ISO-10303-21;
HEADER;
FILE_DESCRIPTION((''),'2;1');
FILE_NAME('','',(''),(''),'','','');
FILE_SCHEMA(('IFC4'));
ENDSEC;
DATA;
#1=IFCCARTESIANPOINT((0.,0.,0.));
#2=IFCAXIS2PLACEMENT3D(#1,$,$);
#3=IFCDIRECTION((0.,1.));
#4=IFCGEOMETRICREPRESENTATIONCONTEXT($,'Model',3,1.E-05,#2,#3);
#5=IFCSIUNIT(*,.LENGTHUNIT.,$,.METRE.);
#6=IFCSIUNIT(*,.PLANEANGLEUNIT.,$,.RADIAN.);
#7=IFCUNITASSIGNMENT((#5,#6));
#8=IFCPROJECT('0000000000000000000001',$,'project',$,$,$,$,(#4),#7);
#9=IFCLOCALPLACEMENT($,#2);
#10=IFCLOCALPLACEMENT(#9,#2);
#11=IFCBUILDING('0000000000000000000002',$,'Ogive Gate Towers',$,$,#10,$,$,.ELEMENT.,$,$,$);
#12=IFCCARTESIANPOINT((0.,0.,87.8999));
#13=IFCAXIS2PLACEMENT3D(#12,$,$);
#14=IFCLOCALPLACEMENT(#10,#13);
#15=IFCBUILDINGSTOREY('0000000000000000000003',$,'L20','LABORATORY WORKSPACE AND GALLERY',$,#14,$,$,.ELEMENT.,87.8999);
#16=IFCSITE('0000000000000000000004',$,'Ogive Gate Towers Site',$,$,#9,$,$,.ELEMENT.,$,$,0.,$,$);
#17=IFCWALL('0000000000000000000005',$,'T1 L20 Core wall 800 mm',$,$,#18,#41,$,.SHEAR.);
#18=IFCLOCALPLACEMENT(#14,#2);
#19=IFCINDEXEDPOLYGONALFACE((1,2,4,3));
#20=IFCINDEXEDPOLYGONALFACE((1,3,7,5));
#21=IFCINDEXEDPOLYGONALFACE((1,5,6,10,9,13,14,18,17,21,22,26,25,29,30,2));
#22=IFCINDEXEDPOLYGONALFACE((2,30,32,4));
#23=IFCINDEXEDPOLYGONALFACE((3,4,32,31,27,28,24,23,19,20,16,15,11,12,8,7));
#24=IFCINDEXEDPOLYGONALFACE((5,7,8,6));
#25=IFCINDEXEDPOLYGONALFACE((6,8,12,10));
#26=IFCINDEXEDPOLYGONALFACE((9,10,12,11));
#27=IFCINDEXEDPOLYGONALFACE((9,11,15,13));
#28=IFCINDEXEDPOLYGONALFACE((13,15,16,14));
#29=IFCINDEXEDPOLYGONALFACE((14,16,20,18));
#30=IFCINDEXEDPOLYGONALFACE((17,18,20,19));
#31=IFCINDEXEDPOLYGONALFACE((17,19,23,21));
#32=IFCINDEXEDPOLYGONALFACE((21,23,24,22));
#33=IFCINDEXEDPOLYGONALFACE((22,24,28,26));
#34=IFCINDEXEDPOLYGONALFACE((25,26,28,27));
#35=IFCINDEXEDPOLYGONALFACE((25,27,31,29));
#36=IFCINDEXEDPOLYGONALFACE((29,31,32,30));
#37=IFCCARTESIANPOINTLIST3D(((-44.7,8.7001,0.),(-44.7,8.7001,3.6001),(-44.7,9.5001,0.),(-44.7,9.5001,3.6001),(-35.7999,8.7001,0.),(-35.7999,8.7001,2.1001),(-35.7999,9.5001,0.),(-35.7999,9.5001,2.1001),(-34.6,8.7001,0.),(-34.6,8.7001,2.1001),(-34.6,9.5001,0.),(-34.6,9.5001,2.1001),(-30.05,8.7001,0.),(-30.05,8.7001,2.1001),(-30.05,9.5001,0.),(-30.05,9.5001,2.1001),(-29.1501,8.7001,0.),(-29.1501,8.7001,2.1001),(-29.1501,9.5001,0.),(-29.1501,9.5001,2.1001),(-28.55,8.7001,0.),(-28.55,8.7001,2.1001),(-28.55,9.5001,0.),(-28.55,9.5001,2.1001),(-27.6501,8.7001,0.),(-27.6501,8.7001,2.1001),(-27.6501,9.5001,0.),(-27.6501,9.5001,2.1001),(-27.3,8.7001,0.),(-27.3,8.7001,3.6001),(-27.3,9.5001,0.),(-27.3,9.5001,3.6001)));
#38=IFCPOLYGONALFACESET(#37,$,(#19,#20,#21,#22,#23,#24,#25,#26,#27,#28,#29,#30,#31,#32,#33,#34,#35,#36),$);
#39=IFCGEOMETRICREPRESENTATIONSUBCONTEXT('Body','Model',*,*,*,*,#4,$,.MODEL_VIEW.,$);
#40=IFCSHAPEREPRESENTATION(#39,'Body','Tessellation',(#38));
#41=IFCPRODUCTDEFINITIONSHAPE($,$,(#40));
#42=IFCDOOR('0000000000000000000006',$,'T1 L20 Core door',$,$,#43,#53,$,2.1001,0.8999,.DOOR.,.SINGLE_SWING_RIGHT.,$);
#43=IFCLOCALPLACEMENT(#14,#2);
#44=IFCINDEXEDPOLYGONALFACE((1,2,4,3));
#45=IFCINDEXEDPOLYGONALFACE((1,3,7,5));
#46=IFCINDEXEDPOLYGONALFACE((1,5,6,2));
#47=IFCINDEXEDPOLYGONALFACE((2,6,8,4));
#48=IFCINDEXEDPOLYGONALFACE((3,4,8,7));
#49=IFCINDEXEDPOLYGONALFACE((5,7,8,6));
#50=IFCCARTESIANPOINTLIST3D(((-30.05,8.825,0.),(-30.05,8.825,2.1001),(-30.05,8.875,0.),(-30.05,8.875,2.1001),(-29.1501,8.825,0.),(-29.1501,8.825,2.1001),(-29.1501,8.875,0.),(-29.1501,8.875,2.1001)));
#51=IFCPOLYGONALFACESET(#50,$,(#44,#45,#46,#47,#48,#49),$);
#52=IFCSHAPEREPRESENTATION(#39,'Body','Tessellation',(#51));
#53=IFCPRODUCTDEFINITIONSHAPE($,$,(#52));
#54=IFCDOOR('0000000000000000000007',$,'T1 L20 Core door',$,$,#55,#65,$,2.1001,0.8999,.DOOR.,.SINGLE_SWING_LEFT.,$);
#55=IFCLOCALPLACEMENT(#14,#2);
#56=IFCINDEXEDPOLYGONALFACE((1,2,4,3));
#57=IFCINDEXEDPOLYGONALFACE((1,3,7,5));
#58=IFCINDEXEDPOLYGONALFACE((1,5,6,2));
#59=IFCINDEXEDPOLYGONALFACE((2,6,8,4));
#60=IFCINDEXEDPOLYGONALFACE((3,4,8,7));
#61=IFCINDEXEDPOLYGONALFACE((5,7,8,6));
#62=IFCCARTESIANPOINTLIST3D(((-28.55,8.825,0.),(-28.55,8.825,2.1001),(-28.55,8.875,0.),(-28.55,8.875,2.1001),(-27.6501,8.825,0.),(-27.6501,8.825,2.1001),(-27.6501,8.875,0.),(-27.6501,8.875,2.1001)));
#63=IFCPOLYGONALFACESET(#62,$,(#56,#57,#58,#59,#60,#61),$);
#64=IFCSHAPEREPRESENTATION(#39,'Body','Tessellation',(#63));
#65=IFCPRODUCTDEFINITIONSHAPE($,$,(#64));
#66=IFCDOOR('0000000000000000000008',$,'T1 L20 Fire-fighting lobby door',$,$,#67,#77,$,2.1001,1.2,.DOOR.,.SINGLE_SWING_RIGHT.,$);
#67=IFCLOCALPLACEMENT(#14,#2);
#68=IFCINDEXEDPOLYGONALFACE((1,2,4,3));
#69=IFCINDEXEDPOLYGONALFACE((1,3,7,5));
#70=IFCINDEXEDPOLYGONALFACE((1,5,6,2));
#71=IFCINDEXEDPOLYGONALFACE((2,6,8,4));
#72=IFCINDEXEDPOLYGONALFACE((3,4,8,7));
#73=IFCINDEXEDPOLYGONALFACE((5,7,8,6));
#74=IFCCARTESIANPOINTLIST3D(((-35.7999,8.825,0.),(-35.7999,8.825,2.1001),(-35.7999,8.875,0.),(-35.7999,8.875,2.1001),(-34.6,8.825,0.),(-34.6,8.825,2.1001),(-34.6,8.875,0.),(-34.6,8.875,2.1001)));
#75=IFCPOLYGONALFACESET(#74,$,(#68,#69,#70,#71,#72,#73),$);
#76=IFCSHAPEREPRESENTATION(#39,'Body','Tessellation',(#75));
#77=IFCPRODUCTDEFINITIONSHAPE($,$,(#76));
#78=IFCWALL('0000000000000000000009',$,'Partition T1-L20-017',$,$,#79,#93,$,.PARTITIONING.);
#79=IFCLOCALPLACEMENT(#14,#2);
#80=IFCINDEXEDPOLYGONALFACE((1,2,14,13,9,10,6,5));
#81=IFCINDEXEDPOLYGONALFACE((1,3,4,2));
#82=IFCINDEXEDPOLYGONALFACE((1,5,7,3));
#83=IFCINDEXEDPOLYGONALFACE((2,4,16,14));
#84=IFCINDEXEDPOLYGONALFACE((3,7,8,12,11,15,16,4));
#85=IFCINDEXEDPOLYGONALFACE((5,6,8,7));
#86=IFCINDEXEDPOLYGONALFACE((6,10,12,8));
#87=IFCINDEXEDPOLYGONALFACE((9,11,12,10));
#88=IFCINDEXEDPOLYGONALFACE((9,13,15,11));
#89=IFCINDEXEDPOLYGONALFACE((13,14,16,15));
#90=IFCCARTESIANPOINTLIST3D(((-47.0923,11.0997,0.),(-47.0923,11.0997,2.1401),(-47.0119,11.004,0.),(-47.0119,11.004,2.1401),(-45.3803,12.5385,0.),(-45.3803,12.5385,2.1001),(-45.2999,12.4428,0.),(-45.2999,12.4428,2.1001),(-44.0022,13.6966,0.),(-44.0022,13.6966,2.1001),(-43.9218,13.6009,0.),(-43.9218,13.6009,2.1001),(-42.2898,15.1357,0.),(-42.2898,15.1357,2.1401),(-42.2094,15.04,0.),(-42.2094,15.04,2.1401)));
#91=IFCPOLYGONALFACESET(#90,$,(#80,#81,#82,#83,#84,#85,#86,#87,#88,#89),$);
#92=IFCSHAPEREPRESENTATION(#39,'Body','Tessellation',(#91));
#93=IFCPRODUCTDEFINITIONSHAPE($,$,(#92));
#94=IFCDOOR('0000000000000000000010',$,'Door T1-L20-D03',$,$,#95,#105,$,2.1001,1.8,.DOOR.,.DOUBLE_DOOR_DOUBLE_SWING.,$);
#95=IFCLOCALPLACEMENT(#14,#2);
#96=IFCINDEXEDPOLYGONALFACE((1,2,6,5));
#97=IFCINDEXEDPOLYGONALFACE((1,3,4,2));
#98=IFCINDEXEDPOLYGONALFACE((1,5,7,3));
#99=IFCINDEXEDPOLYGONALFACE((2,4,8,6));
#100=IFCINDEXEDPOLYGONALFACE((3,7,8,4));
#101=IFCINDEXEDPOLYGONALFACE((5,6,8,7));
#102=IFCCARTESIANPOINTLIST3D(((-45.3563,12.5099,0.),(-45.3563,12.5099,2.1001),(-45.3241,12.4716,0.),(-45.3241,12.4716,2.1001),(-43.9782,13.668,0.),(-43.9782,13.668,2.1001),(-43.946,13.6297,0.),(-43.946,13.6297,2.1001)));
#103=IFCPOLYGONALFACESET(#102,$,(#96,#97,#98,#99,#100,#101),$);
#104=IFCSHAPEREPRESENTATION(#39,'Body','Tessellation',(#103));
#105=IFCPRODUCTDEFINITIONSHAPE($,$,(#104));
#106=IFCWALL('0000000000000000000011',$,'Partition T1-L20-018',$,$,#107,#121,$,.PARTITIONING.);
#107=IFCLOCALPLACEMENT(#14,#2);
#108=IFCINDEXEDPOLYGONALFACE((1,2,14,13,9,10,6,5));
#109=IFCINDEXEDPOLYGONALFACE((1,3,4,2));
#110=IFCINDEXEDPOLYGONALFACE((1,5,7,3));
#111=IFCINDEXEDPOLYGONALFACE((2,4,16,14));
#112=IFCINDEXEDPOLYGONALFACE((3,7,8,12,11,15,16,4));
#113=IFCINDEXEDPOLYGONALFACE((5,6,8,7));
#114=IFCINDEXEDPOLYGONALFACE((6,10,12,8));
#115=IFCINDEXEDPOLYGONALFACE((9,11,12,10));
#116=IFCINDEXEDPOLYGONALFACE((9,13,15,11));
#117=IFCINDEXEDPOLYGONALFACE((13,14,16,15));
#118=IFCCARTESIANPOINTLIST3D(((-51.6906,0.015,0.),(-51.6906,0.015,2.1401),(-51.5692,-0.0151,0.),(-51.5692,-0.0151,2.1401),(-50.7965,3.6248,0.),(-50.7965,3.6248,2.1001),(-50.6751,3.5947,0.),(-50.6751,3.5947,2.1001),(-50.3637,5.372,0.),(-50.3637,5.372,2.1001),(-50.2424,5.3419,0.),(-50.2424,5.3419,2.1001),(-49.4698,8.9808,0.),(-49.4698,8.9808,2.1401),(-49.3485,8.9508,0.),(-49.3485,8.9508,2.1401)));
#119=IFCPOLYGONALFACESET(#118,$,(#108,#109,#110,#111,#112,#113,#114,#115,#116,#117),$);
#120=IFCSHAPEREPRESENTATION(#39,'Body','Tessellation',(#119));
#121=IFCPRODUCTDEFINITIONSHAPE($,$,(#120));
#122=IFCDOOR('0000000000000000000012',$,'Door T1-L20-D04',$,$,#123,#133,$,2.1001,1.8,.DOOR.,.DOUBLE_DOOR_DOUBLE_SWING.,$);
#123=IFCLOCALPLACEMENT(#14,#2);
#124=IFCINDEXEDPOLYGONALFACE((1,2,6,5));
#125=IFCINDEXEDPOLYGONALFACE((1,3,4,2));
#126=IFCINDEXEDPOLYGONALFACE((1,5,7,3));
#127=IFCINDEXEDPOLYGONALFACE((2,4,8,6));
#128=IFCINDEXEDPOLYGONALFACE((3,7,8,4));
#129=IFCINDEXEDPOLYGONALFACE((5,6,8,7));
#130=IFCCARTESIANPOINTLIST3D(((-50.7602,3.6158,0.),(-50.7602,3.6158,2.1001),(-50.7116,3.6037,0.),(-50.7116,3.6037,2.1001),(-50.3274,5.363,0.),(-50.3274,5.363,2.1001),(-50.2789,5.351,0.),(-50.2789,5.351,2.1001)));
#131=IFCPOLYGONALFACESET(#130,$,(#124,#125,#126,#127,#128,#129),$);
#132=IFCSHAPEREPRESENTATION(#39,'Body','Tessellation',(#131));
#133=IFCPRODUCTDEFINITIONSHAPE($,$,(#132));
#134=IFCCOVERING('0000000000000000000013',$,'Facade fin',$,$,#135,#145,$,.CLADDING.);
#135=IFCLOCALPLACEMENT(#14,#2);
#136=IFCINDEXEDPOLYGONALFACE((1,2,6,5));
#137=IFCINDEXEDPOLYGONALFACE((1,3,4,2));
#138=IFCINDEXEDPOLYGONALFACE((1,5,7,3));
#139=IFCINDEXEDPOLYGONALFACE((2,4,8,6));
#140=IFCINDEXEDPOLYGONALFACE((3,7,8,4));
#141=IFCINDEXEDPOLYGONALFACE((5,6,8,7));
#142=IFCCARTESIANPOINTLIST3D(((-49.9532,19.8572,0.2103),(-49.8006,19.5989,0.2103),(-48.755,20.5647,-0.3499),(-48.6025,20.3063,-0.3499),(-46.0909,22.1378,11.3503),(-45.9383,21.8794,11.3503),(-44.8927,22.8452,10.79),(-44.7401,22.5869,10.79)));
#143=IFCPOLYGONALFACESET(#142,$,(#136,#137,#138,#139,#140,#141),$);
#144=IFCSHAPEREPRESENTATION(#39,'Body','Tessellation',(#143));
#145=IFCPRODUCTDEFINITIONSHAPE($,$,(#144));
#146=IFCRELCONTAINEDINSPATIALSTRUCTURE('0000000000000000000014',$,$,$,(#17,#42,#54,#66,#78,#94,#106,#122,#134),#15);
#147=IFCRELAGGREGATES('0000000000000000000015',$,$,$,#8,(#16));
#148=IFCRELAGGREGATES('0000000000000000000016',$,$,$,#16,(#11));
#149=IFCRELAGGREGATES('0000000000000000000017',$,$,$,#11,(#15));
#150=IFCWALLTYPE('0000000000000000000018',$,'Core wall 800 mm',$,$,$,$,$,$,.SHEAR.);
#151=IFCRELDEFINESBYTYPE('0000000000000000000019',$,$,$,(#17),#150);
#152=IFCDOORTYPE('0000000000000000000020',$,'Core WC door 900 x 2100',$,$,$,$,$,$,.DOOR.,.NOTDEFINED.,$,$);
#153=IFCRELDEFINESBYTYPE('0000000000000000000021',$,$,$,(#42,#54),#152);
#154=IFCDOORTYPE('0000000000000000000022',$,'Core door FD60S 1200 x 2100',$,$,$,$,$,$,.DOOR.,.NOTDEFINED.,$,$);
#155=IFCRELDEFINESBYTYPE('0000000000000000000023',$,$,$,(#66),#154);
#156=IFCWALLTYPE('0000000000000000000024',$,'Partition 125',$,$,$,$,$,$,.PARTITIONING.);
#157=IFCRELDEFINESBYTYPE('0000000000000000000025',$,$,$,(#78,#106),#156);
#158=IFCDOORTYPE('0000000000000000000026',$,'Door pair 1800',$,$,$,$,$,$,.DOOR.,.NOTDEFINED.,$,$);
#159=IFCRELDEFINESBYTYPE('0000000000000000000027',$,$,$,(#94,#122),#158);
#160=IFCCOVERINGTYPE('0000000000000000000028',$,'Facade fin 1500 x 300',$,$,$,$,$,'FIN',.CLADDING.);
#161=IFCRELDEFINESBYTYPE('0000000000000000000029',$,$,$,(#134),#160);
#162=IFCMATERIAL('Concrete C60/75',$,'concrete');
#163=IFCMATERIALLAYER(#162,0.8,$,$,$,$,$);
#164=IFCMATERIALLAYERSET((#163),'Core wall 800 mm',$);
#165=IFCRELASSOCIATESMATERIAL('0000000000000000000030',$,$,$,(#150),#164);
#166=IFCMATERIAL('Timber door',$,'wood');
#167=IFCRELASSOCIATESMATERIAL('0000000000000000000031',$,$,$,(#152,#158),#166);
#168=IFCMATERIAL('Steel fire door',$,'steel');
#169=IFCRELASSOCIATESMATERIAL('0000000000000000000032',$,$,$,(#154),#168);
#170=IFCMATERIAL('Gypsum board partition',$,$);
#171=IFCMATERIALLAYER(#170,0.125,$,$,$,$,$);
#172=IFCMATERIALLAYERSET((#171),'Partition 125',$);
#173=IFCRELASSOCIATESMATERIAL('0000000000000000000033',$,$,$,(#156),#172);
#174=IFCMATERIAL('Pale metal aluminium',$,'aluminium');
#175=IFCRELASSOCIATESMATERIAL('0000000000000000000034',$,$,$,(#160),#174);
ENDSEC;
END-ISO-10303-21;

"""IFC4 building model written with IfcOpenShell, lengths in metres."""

from ifc_helpers import new_model, si_unit, direction, frame, frame_2d, origin, origin_2d, place, context, subcontext, project, spatial, rectangle, extrude, material, layer, layer_set, material_profile, profile_set, type_object, element, fill, save


model = new_model("IFC4")

# Units and contexts
model_context = context("Model", 3, precision=1e-05, world=origin(), true_north=direction((0.0, 1.0)))
body_context = subcontext(model_context, "Body", "Model", "MODEL_VIEW")
ifc_project = project(units=[si_unit("LENGTHUNIT", "METRE"), si_unit("PLANEANGLEUNIT", "RADIAN")], contexts=[model_context])

# Site, building, storey
site_placement = place(None, origin())
site = spatial("IfcSite", under=ifc_project, at=site_placement, Name="Ogive Gate Towers Site", CompositionType="ELEMENT", RefElevation=0.0)
building_placement = place(site_placement, origin())
building = spatial("IfcBuilding", under=site, at=building_placement, Name="Ogive Gate Towers", CompositionType="ELEMENT")
storey_placement = place(building_placement, frame((0.0, 0.0, 87.8999)))
storey = spatial("IfcBuildingStorey", under=building, at=storey_placement, Name="L20", Description="LABORATORY WORKSPACE AND GALLERY", CompositionType="ELEMENT", Elevation=87.8999)

# Shared definitions
ifc_material_1 = material(Name="Pale metal aluminium", Category="aluminium")

# Wall, openings, doors
ifc_material_2 = material(Name="Concrete C60/75", Category="concrete")
ifc_layer_1 = layer(ifc_material_2, 0.8)
ifc_layer_set_1 = layer_set([ifc_layer_1], Name="Core wall 800 mm")
wall_type_1 = type_object("IfcWallType", Name="Core wall 800 mm", PredefinedType="SHEAR", material=ifc_layer_set_1)
wall_1_placement = place(storey_placement, frame((-44.7, 9.1001, 0.0), z_axis=(0.0, 0.0, 1.0), x_axis=(1.0, 0.0, 0.0)))
wall_1 = element("IfcWall", 1, at=wall_1_placement, inside=storey, type_object=wall_type_1, Name="T1 L20 Core wall 800 mm", PredefinedType="SHEAR", context=body_context, shape_type="SweptSolid", body=[
    extrude(rectangle(XDim=17.3999, YDim=0.8, at=frame_2d((8.7, 0.0))), origin(), (0.0, 0.0, 1.0), 3.6001),
])
opening_1_placement = place(wall_1_placement, frame((8.8999, 0.0, 0.0)))
opening_1 = element("IfcOpeningElement", 2, at=opening_1_placement, cuts=wall_1, PredefinedType="OPENING", context=body_context, shape_type="SweptSolid", body=[
    extrude(rectangle(XDim=1.2, YDim=2.1001, at=frame_2d((0.6001, 1.05))), frame((0.0, 0.4102, 0.0), z_axis=(0.0, -1.0, 0.0), x_axis=(1.0, 0.0, 0.0)), (0.0, 0.0, 1.0), 0.8201),
])
opening_2_placement = place(wall_1_placement, frame((14.6499, 0.0, 0.0)))
opening_2 = element("IfcOpeningElement", 3, at=opening_2_placement, cuts=wall_1, PredefinedType="OPENING", context=body_context, shape_type="SweptSolid", body=[
    extrude(rectangle(XDim=0.8999, YDim=2.1001, at=frame_2d((0.45, 1.05))), frame((0.0, 0.4102, 0.0), z_axis=(0.0, -1.0, 0.0), x_axis=(1.0, 0.0, 0.0)), (0.0, 0.0, 1.0), 0.8201),
])
opening_3_placement = place(wall_1_placement, frame((16.1499, 0.0, 0.0)))
opening_3 = element("IfcOpeningElement", 4, at=opening_3_placement, cuts=wall_1, PredefinedType="OPENING", context=body_context, shape_type="SweptSolid", body=[
    extrude(rectangle(XDim=0.8999, YDim=2.1001, at=frame_2d((0.45, 1.05))), frame((0.0, 0.4102, 0.0), z_axis=(0.0, -1.0, 0.0), x_axis=(1.0, 0.0, 0.0)), (0.0, 0.0, 1.0), 0.8201),
])
ifc_material_3 = material(Name="Timber door", Category="wood")
door_type_1 = type_object("IfcDoorType", Name="Core WC door 900 x 2100", OperationType="NOTDEFINED", PredefinedType="DOOR", material=ifc_material_3)
door_1_placement = place(opening_2_placement, origin())
door_1 = element("IfcDoor", 5, at=door_1_placement, inside=storey, type_object=door_type_1, Name="T1 L20 Core door", OperationType="SINGLE_SWING_RIGHT", OverallHeight=2.1001, OverallWidth=0.8999, PredefinedType="DOOR", context=body_context, shape_type="SweptSolid", body=[
    extrude(rectangle(XDim=0.8999, YDim=2.1001, at=frame_2d((0.45, 1.05))), frame((0.0, -0.2251, 0.0), z_axis=(0.0, -1.0, 0.0), x_axis=(1.0, 0.0, 0.0)), (0.0, 0.0, 1.0), 0.05),
])
fill(opening_2, door_1)
door_2_placement = place(opening_3_placement, origin())
door_2 = element("IfcDoor", 6, at=door_2_placement, inside=storey, type_object=door_type_1, Name="T1 L20 Core door", OperationType="SINGLE_SWING_LEFT", OverallHeight=2.1001, OverallWidth=0.8999, PredefinedType="DOOR", context=body_context, shape_type="SweptSolid", body=[
    extrude(rectangle(XDim=0.8999, YDim=2.1001, at=frame_2d((0.45, 1.05))), frame((0.0, -0.2251, 0.0), z_axis=(0.0, -1.0, 0.0), x_axis=(1.0, 0.0, 0.0)), (0.0, 0.0, 1.0), 0.05),
])
fill(opening_3, door_2)
ifc_material_4 = material(Name="Steel fire door", Category="steel")
door_type_2 = type_object("IfcDoorType", Name="Core door FD60S 1200 x 2100", OperationType="NOTDEFINED", PredefinedType="DOOR", material=ifc_material_4)
door_3_placement = place(opening_1_placement, origin())
door_3 = element("IfcDoor", 7, at=door_3_placement, inside=storey, type_object=door_type_2, Name="T1 L20 Fire-fighting lobby door", OperationType="SINGLE_SWING_RIGHT", OverallHeight=2.1001, OverallWidth=1.2, PredefinedType="DOOR", context=body_context, shape_type="SweptSolid", body=[
    extrude(rectangle(XDim=1.2, YDim=2.1001, at=frame_2d((0.6001, 1.05))), frame((0.0, -0.2251, 0.0), z_axis=(0.0, -1.0, 0.0), x_axis=(1.0, 0.0, 0.0)), (0.0, 0.0, 1.0), 0.05),
])
fill(opening_1, door_3)

# Walls, openings, doors
ifc_material_5 = material(Name="Gypsum board partition")
ifc_layer_2 = layer(ifc_material_5, 0.125)
ifc_layer_set_2 = layer_set([ifc_layer_2], Name="Partition 125")
wall_type_2 = type_object("IfcWallType", Name="Partition 125", PredefinedType="PARTITIONING", material=ifc_layer_set_2)
wall_2_placement = place(storey_placement, frame((-42.2495, 15.0879, 0.0), z_axis=(0.0, 0.0, 1.0), x_axis=(-0.765564, -0.64336, 0.0)))
wall_2 = element("IfcWall", 8, at=wall_2_placement, inside=storey, type_object=wall_type_2, Name="Partition T1-L20-017", PredefinedType="PARTITIONING", context=body_context, shape_type="SweptSolid", body=[
    extrude(rectangle(XDim=6.2732, YDim=0.125, at=frame_2d((3.1367, 0.0))), origin(), (0.0, 0.0, 1.0), 2.1401),
])
opening_4_placement = place(wall_2_placement, frame((2.2371, 0.0, 0.0)))
opening_4 = element("IfcOpeningElement", 9, at=opening_4_placement, cuts=wall_2, PredefinedType="OPENING", context=body_context, shape_type="SweptSolid", body=[
    extrude(rectangle(XDim=1.8, YDim=2.1001, at=frame_2d((0.8999, 1.05))), frame((0.0, 0.0725, 0.0), z_axis=(0.0, -1.0, 0.0), x_axis=(1.0, 0.0, 0.0)), (0.0, 0.0, 1.0), 0.145),
])
door_type_3 = type_object("IfcDoorType", Name="Door pair 1800", OperationType="NOTDEFINED", PredefinedType="DOOR", material=ifc_material_3)
door_4_placement = place(opening_4_placement, origin())
door_4 = element("IfcDoor", 10, at=door_4_placement, inside=storey, type_object=door_type_3, Name="Door T1-L20-D03", OperationType="DOUBLE_DOOR_DOUBLE_SWING", OverallHeight=2.1001, OverallWidth=1.8, PredefinedType="DOOR", context=body_context, shape_type="SweptSolid", body=[
    extrude(rectangle(XDim=1.8, YDim=2.1001, at=frame_2d((0.8999, 1.05))), frame((0.0, 0.0249, 0.0), z_axis=(0.0, -1.0, 0.0), x_axis=(1.0, 0.0, 0.0)), (0.0, 0.0, 1.0), 0.05),
])
fill(opening_4, door_4)
wall_3_placement = place(storey_placement, frame((-49.4092, 8.9658, 0.0), z_axis=(0.0, 0.0, 1.0), x_axis=(-0.240421, -0.970669, 0.0)))
wall_3 = element("IfcWall", 11, at=wall_3_placement, inside=storey, type_object=wall_type_2, Name="Partition T1-L20-018", PredefinedType="PARTITIONING", context=body_context, shape_type="SweptSolid", body=[
    extrude(rectangle(XDim=9.2368, YDim=0.125, at=frame_2d((4.6184, 0.0))), origin(), (0.0, 0.0, 1.0), 2.1401),
])
opening_5_placement = place(wall_3_placement, frame((3.718, 0.0, 0.0)))
opening_5 = element("IfcOpeningElement", 12, at=opening_5_placement, cuts=wall_3, PredefinedType="OPENING", context=body_context, shape_type="SweptSolid", body=[
    extrude(rectangle(XDim=1.8, YDim=2.1001, at=frame_2d((0.8999, 1.05))), frame((0.0, 0.0725, 0.0), z_axis=(0.0, -1.0, 0.0), x_axis=(1.0, 0.0, 0.0)), (0.0, 0.0, 1.0), 0.145),
])
door_5_placement = place(opening_5_placement, origin())
door_5 = element("IfcDoor", 13, at=door_5_placement, inside=storey, type_object=door_type_3, Name="Door T1-L20-D04", OperationType="DOUBLE_DOOR_DOUBLE_SWING", OverallHeight=2.1001, OverallWidth=1.8, PredefinedType="DOOR", context=body_context, shape_type="SweptSolid", body=[
    extrude(rectangle(XDim=1.8, YDim=2.1001, at=frame_2d((0.8999, 1.05))), frame((0.0, 0.0249, 0.0), z_axis=(0.0, -1.0, 0.0), x_axis=(1.0, 0.0, 0.0)), (0.0, 0.0, 1.0), 0.05),
])
fill(opening_5, door_5)

# Covering
ifc_material_profile_1 = material_profile(ifc_material_1, rectangle(XDim=0.3, YDim=1.5, at=origin_2d()), Name="1500 x 300 pale metal aluminium")
ifc_profile_set_1 = profile_set([ifc_material_profile_1], Name="Pale metal aluminium")
covering_type = type_object("IfcCoveringType", Name="Facade fin 1500 x 300", ElementType="FIN", PredefinedType="CLADDING", material=ifc_profile_set_1)
covering_placement = place(storey_placement, frame((-49.2778, 20.0818, -0.0698), z_axis=(0.321618, 0.189901, 0.927631), x_axis=(-0.50844, 0.861098, 0.0)))
element("IfcCovering", 14, at=covering_placement, inside=storey, type_object=covering_type, Name="Facade fin", PredefinedType="CLADDING", context=body_context, shape_type="SweptSolid", body=[
    extrude(rectangle(XDim=0.3, YDim=1.5, at=origin_2d()), origin(), (0.0, 0.0, 1.0), 12.009),
])

save(model, "model.ifc")
